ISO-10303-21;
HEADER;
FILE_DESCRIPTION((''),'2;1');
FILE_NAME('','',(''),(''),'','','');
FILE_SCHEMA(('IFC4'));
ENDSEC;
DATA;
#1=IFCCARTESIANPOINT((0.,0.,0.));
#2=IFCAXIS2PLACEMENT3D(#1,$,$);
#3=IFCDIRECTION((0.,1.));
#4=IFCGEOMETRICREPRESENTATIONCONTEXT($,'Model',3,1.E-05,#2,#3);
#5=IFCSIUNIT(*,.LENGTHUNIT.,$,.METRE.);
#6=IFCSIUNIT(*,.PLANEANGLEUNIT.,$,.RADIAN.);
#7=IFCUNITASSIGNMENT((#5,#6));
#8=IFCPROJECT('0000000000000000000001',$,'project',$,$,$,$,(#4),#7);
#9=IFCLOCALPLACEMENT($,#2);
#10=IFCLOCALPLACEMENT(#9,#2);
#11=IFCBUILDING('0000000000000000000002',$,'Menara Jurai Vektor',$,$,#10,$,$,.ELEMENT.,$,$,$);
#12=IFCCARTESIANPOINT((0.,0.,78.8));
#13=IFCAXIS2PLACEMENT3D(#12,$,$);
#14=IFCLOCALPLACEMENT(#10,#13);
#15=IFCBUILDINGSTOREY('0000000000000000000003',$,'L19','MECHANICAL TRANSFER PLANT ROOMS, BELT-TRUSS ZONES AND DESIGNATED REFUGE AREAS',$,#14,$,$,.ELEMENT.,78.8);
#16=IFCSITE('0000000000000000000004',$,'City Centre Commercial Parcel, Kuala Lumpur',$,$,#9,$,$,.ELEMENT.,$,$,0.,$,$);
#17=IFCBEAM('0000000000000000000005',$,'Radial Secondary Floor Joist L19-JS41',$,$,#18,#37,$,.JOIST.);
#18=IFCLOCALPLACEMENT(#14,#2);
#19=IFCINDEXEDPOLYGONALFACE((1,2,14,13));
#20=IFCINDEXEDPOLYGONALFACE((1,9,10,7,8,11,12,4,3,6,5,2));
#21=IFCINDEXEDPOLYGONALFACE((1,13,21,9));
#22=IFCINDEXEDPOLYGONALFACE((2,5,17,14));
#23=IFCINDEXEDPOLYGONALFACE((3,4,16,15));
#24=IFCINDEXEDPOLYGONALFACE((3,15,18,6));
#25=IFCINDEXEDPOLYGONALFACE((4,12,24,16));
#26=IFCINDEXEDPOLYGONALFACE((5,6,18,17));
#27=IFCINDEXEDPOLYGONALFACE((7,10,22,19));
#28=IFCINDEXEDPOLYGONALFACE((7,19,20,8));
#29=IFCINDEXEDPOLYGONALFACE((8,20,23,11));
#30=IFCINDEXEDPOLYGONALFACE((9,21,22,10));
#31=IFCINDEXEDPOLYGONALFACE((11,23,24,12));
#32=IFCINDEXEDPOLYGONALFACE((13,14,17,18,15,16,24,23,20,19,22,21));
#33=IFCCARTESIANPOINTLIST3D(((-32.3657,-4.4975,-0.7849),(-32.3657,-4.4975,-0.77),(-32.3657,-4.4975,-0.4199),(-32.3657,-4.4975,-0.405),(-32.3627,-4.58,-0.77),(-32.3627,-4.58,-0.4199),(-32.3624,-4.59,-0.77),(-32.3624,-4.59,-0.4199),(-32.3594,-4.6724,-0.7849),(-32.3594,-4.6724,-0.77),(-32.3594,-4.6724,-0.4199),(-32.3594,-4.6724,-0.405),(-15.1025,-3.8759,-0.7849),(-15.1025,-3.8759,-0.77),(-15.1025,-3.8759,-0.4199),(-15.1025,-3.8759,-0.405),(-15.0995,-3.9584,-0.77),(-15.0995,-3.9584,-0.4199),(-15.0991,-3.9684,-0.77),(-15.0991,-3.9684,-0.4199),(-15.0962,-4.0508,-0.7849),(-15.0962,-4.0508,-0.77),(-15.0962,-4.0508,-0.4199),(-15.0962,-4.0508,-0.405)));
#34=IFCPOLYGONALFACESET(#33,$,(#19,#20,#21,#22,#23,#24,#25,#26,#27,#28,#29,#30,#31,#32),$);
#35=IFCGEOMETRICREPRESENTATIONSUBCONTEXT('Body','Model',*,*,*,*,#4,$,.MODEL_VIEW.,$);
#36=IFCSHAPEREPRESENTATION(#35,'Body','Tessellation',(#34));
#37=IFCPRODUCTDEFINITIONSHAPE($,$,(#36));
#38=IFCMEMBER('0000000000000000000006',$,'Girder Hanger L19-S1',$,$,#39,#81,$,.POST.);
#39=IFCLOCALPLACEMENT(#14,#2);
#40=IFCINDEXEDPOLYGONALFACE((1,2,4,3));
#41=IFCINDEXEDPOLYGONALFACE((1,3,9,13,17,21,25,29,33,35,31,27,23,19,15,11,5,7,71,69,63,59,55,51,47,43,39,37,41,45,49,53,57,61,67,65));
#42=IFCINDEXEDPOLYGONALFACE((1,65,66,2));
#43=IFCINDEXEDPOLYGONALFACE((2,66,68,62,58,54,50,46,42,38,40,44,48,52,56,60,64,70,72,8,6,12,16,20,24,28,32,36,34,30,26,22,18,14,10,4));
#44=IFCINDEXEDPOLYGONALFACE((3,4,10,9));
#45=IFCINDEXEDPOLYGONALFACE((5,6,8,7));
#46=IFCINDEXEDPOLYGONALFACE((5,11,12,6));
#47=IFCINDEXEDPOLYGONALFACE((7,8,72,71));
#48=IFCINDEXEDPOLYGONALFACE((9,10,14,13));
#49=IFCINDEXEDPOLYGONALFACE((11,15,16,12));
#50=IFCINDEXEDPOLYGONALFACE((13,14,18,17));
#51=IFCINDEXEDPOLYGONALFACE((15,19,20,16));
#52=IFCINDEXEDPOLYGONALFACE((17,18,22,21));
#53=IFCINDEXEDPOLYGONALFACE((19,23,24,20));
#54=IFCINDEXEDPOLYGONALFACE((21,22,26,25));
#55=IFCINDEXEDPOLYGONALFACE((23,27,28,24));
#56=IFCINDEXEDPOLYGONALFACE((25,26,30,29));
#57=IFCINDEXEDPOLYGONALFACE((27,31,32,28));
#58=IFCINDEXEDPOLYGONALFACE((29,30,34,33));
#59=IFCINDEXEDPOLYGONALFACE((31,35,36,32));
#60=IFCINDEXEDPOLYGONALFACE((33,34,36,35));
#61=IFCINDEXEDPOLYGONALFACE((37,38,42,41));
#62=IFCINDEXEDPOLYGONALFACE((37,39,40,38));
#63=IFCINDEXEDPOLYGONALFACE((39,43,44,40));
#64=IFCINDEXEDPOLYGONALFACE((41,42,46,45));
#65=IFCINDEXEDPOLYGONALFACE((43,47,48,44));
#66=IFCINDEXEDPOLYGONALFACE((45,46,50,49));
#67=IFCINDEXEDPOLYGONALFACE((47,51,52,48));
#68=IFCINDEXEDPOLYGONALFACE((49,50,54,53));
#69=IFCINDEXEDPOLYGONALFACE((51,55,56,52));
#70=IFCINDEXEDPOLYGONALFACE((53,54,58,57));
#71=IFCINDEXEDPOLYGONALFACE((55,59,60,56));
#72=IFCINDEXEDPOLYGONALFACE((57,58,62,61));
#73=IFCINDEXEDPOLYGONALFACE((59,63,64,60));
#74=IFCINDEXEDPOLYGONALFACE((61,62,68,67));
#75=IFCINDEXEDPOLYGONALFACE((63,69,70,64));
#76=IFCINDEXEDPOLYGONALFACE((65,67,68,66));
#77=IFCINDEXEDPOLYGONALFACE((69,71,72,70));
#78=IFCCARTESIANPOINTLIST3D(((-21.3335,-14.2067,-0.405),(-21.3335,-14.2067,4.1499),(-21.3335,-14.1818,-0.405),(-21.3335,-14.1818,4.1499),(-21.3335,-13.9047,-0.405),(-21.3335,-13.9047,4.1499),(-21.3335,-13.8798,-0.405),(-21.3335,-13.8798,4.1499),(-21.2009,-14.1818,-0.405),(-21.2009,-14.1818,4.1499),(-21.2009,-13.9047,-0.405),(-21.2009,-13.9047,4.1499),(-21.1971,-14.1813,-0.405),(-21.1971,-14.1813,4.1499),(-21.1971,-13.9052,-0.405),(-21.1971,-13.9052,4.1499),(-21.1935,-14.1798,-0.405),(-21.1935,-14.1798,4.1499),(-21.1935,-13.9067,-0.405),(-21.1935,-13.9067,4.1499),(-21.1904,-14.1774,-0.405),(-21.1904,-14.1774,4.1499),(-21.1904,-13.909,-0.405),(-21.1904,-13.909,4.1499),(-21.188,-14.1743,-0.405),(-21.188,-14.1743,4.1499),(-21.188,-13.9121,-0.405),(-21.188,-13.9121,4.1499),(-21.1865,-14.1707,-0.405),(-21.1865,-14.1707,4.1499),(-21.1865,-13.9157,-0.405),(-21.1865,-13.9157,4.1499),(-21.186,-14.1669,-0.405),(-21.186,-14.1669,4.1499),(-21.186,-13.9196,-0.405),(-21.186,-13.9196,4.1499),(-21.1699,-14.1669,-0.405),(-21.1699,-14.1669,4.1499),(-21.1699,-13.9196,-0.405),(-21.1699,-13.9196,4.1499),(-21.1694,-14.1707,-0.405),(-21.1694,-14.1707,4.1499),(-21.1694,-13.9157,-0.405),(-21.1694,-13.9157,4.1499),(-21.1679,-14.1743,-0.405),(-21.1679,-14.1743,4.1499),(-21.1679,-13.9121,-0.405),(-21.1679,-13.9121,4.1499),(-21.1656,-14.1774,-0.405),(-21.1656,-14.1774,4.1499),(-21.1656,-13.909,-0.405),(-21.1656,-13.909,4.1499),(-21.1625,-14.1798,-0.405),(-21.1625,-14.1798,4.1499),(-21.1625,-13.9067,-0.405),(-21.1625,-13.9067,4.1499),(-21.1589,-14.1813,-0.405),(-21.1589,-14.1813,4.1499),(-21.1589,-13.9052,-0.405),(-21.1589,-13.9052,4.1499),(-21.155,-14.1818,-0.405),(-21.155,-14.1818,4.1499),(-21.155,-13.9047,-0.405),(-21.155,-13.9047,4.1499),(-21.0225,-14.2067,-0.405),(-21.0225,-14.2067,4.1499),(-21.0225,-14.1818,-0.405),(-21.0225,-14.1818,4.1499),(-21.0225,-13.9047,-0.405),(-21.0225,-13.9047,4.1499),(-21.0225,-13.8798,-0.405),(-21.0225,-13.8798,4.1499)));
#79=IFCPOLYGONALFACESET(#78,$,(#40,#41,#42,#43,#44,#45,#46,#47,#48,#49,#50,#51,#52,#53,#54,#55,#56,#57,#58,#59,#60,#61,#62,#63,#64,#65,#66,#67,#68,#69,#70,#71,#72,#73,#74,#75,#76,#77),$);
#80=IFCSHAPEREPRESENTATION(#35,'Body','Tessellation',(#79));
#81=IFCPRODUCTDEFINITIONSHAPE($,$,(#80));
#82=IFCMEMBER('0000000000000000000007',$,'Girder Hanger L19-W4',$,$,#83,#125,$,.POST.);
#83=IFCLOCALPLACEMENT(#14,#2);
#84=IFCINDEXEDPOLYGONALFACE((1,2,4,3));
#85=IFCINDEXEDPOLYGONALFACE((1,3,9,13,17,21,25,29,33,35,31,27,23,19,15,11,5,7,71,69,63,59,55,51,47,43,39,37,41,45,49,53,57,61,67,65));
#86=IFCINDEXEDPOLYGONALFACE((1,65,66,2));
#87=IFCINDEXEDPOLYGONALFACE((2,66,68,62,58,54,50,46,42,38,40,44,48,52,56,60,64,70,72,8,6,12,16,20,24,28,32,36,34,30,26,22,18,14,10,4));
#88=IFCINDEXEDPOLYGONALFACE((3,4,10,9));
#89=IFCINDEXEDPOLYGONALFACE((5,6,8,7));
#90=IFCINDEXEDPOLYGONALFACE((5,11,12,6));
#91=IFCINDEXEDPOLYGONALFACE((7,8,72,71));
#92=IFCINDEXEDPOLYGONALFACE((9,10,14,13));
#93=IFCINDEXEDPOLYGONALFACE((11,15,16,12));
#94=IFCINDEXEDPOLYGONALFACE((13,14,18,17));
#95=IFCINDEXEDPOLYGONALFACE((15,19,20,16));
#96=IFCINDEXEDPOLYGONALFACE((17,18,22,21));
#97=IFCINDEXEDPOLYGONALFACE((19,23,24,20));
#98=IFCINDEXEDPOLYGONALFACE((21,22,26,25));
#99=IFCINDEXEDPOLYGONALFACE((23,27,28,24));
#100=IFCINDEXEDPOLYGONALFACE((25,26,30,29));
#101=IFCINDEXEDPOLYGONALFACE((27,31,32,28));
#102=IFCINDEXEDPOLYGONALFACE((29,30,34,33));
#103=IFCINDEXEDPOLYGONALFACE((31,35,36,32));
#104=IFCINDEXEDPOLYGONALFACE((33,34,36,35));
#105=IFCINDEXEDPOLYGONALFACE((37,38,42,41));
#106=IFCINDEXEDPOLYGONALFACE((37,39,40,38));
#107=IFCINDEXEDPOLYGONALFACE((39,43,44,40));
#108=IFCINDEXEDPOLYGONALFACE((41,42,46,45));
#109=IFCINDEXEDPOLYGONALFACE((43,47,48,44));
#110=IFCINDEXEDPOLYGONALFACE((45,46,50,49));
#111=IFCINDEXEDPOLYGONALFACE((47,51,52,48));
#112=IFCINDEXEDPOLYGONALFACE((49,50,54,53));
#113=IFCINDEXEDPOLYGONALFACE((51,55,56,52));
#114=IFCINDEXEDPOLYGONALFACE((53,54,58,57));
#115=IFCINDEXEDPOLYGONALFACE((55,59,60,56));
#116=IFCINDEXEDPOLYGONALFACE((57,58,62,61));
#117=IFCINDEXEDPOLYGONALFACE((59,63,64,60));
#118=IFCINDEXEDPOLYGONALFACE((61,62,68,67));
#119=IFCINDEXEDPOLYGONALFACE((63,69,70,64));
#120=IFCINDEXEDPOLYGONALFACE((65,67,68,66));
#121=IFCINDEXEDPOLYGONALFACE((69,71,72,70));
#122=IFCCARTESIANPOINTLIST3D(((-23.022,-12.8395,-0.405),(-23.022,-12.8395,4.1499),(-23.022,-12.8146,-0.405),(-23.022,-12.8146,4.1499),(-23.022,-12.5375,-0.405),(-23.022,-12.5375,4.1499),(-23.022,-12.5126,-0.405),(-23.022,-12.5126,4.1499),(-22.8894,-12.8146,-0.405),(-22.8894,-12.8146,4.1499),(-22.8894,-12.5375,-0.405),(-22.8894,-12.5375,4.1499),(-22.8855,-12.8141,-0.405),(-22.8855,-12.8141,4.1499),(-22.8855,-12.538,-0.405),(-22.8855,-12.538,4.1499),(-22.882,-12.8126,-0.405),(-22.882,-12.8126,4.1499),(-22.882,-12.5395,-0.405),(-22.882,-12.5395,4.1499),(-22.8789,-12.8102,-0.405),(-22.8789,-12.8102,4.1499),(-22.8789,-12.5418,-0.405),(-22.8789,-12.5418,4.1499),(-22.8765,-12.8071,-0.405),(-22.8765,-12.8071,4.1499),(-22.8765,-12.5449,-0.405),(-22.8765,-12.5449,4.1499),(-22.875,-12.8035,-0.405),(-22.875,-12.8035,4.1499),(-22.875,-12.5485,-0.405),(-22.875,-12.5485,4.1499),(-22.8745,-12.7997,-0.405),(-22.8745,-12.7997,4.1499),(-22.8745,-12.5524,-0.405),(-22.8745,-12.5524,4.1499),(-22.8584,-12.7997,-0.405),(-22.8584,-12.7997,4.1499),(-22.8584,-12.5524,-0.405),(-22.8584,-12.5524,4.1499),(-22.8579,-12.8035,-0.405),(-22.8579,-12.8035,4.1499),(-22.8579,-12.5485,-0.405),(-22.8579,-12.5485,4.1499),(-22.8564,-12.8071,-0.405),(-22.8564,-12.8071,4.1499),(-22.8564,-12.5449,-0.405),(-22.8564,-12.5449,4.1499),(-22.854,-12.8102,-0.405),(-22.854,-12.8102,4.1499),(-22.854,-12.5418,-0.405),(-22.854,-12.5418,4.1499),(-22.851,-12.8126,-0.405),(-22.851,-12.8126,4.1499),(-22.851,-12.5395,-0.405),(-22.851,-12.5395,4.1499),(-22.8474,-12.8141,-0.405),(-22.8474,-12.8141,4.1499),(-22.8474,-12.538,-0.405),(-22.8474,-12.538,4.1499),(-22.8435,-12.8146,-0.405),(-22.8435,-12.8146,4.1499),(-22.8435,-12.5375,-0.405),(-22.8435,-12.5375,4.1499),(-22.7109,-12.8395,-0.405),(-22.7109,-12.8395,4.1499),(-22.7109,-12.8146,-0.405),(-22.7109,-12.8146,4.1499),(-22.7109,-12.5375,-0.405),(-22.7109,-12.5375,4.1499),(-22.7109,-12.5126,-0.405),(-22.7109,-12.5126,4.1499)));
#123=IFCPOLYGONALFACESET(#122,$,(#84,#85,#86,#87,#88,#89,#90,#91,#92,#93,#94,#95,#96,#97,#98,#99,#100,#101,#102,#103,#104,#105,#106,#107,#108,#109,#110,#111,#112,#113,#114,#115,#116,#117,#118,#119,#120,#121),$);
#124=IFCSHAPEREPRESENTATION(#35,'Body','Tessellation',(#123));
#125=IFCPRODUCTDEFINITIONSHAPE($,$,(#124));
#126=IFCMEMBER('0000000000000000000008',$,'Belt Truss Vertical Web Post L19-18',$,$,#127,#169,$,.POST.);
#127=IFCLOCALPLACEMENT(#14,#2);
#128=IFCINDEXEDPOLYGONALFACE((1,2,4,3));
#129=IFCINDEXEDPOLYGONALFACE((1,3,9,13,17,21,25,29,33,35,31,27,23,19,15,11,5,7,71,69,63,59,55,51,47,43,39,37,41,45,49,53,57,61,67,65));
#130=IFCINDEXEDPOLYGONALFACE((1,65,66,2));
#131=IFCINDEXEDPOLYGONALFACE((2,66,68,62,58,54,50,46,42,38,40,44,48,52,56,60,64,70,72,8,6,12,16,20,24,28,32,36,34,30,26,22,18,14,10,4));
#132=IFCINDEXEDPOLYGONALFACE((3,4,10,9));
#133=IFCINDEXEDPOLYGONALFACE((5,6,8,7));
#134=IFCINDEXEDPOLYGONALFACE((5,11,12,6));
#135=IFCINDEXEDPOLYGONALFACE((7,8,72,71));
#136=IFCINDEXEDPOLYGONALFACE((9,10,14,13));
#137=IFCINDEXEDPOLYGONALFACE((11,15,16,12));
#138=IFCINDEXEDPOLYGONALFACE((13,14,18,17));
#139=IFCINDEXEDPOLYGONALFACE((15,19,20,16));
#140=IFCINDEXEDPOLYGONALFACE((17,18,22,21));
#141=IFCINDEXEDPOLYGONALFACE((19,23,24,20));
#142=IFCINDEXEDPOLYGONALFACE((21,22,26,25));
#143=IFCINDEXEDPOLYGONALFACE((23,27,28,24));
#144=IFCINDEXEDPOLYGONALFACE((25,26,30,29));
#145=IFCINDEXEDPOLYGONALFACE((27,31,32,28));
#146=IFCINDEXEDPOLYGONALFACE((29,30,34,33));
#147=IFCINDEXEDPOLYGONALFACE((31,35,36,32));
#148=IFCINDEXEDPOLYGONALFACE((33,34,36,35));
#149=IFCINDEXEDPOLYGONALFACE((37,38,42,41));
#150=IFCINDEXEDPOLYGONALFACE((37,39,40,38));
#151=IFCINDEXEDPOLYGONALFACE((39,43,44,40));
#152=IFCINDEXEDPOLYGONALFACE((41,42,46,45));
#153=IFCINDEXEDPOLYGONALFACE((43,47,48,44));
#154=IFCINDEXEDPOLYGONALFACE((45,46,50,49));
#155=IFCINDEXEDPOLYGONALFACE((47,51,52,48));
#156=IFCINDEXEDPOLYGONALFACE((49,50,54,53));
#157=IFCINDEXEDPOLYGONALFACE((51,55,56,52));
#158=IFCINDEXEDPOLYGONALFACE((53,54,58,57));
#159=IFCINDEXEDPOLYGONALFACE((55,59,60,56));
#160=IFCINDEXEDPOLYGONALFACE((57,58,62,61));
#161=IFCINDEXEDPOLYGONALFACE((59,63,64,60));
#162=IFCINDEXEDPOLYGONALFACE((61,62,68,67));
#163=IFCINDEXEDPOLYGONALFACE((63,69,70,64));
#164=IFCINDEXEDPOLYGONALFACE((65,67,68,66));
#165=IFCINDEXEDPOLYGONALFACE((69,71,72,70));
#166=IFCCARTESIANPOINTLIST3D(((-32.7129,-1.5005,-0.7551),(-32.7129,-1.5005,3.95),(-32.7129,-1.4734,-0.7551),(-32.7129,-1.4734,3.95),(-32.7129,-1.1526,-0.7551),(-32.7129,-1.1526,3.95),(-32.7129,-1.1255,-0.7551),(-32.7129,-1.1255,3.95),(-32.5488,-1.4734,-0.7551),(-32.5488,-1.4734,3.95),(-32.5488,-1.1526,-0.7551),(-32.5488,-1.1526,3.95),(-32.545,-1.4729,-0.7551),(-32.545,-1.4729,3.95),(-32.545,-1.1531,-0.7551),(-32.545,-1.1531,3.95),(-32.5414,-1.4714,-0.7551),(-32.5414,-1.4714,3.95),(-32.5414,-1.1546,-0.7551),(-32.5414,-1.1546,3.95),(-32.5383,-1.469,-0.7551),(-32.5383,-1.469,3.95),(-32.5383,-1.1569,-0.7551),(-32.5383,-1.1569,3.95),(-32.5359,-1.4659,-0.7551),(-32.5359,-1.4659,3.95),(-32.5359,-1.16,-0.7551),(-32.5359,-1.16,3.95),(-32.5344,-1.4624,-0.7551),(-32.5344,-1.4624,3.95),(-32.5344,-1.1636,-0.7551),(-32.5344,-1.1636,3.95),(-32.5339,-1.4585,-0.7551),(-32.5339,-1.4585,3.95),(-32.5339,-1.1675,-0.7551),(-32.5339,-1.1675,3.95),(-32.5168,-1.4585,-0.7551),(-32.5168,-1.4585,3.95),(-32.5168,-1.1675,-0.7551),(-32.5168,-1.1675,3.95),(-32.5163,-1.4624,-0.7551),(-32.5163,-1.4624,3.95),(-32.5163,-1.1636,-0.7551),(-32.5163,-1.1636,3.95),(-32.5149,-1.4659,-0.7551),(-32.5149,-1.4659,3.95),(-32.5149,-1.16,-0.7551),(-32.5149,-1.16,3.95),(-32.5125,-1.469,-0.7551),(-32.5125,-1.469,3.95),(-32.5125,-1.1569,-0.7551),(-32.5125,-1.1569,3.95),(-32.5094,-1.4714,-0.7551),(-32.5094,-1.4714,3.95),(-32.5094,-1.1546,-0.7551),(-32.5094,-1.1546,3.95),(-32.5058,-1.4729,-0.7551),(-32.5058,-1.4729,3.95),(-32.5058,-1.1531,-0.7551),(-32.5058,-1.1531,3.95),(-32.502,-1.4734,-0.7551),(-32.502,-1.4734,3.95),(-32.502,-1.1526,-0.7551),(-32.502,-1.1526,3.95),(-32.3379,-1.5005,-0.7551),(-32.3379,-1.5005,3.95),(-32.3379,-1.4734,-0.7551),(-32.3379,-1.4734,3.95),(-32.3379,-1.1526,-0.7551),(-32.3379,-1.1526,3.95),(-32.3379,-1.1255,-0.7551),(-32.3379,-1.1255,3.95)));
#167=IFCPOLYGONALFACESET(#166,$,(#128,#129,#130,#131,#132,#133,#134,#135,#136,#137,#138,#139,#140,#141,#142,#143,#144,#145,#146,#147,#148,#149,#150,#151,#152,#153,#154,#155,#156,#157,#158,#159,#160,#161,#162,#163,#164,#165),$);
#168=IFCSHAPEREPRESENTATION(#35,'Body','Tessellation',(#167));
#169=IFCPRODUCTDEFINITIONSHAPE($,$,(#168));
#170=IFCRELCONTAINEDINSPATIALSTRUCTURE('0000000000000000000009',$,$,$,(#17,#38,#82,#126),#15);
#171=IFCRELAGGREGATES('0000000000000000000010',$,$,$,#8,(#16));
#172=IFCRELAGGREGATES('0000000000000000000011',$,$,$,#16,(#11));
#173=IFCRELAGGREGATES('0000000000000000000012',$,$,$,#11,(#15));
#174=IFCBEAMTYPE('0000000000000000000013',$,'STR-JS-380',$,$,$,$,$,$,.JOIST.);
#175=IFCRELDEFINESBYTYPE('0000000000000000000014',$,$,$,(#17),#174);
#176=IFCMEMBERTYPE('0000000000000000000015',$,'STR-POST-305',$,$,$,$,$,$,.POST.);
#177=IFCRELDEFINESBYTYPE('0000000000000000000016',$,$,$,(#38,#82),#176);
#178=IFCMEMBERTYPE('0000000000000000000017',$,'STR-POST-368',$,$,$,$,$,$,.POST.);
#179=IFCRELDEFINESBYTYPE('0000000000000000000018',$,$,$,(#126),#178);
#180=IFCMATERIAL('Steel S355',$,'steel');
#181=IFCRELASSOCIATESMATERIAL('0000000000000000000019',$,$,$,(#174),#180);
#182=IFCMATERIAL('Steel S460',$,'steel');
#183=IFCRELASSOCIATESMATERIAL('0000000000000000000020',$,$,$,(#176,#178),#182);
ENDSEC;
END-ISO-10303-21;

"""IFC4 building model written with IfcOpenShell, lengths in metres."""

from ifc_helpers import new_model, si_unit, direction, frame, origin, origin_2d, place, context, subcontext, project, spatial, i_section, extrude, material, material_profile, profile_set, type_object, element, save


model = new_model("IFC4")

# Units and contexts
model_context = context("Model", 3, precision=1e-05, world=origin(), true_north=direction((0.0, 1.0)))
body_context = subcontext(model_context, "Body", "Model", "MODEL_VIEW")
ifc_project = project(units=[si_unit("LENGTHUNIT", "METRE"), si_unit("PLANEANGLEUNIT", "RADIAN")], contexts=[model_context])

# Site, building, storey
site_placement = place(None, origin())
site = spatial("IfcSite", under=ifc_project, at=site_placement, Name="City Centre Commercial Parcel, Kuala Lumpur", CompositionType="ELEMENT", RefElevation=0.0)
building_placement = place(site_placement, origin())
building = spatial("IfcBuilding", under=site, at=building_placement, Name="Menara Jurai Vektor", CompositionType="ELEMENT")
storey_placement = place(building_placement, frame((0.0, 0.0, 78.8)))
storey = spatial("IfcBuildingStorey", under=building, at=storey_placement, Name="L19", Description="MECHANICAL TRANSFER PLANT ROOMS, BELT-TRUSS ZONES AND DESIGNATED REFUGE AREAS", CompositionType="ELEMENT", Elevation=78.8)

# Shared definitions
ifc_material_1 = material(Name="Steel S460", Category="steel")

# Shared definitions
ifc_material_2 = material(Name="Steel S355", Category="steel")

# Beam
ifc_material_profile_1 = material_profile(ifc_material_2, i_section(OverallWidth=0.175, OverallDepth=0.3799, WebThickness=0.01, FlangeThickness=0.0149, at=origin_2d()), Name="PG 380x175x58")
ifc_profile_set_1 = profile_set([ifc_material_profile_1], Name="Steel S355")
beam_type_1 = type_object("IfcBeamType", Name="STR-JS-380", PredefinedType="JOIST", material=ifc_profile_set_1)
beam_1_placement = place(storey_placement, frame((-32.3625, -4.585, -0.595), z_axis=(0.999352, 0.035983, 0.0), x_axis=(-0.035983, 0.999352, 0.0)))
element("IfcBeam", 1, at=beam_1_placement, inside=storey, type_object=beam_type_1, Name="Radial Secondary Floor Joist L19-JS41", PredefinedType="JOIST", context=body_context, shape_type="SweptSolid", body=[
    extrude(i_section(OverallWidth=0.175, OverallDepth=0.3799, WebThickness=0.01, FlangeThickness=0.0149, at=origin_2d()), origin(), (0.0, 0.0, 1.0), 17.2744),
])

# Members
ifc_material_profile_2 = material_profile(ifc_material_1, i_section(OverallWidth=0.311, OverallDepth=0.3269, WebThickness=0.0161, FlangeThickness=0.0249, FilletRadius=0.0149, at=origin_2d()), Name="UKC 305x305x158")
ifc_profile_set_2 = profile_set([ifc_material_profile_2], Name="Steel S460")
member_type_1 = type_object("IfcMemberType", Name="STR-POST-305", PredefinedType="POST", material=ifc_profile_set_2)
for number, where, z_axis, x_axis, name in (
    (2, (-21.178, -14.0432, -0.405), (0.0, 0.0, 1.0), (1.0, 0.0, 0.0), "Girder Hanger L19-S1"),
    (3, (-22.8665, -12.676, -0.405), (0.0, 0.0, 1.0), (1.0, 0.0, 0.0), "Girder Hanger L19-W4"),
):
    element("IfcMember", number, at=place(storey_placement, frame(where, z_axis=z_axis, x_axis=x_axis)), inside=storey, type_object=member_type_1, Name=name, PredefinedType="POST", context=body_context, shape_type="SweptSolid", body=[
        extrude(i_section(OverallWidth=0.311, OverallDepth=0.3269, WebThickness=0.0161, FlangeThickness=0.0249, FilletRadius=0.0149, at=origin_2d()), origin(), (0.0, 0.0, 1.0), 4.5549),
    ])
ifc_material_profile_3 = material_profile(ifc_material_1, i_section(OverallWidth=0.375, OverallDepth=0.375, WebThickness=0.0171, FlangeThickness=0.0271, FilletRadius=0.0149, at=origin_2d()), Name="UKC 356x368x202")
ifc_profile_set_3 = profile_set([ifc_material_profile_3], Name="Steel S460")
member_type_2 = type_object("IfcMemberType", Name="STR-POST-368", PredefinedType="POST", material=ifc_profile_set_3)
for number, where, z_axis, x_axis, name in (
    (4, (-32.5254, -1.313, -0.7551), (0.0, 0.0, 1.0), (1.0, 0.0, 0.0), "Belt Truss Vertical Web Post L19-18"),
):
    element("IfcMember", number, at=place(storey_placement, frame(where, z_axis=z_axis, x_axis=x_axis)), inside=storey, type_object=member_type_2, Name=name, PredefinedType="POST", context=body_context, shape_type="SweptSolid", body=[
        extrude(i_section(OverallWidth=0.375, OverallDepth=0.375, WebThickness=0.0171, FlangeThickness=0.0271, FilletRadius=0.0149, at=origin_2d()), origin(), (0.0, 0.0, 1.0), 4.7051),
    ])

save(model, "model.ifc")
